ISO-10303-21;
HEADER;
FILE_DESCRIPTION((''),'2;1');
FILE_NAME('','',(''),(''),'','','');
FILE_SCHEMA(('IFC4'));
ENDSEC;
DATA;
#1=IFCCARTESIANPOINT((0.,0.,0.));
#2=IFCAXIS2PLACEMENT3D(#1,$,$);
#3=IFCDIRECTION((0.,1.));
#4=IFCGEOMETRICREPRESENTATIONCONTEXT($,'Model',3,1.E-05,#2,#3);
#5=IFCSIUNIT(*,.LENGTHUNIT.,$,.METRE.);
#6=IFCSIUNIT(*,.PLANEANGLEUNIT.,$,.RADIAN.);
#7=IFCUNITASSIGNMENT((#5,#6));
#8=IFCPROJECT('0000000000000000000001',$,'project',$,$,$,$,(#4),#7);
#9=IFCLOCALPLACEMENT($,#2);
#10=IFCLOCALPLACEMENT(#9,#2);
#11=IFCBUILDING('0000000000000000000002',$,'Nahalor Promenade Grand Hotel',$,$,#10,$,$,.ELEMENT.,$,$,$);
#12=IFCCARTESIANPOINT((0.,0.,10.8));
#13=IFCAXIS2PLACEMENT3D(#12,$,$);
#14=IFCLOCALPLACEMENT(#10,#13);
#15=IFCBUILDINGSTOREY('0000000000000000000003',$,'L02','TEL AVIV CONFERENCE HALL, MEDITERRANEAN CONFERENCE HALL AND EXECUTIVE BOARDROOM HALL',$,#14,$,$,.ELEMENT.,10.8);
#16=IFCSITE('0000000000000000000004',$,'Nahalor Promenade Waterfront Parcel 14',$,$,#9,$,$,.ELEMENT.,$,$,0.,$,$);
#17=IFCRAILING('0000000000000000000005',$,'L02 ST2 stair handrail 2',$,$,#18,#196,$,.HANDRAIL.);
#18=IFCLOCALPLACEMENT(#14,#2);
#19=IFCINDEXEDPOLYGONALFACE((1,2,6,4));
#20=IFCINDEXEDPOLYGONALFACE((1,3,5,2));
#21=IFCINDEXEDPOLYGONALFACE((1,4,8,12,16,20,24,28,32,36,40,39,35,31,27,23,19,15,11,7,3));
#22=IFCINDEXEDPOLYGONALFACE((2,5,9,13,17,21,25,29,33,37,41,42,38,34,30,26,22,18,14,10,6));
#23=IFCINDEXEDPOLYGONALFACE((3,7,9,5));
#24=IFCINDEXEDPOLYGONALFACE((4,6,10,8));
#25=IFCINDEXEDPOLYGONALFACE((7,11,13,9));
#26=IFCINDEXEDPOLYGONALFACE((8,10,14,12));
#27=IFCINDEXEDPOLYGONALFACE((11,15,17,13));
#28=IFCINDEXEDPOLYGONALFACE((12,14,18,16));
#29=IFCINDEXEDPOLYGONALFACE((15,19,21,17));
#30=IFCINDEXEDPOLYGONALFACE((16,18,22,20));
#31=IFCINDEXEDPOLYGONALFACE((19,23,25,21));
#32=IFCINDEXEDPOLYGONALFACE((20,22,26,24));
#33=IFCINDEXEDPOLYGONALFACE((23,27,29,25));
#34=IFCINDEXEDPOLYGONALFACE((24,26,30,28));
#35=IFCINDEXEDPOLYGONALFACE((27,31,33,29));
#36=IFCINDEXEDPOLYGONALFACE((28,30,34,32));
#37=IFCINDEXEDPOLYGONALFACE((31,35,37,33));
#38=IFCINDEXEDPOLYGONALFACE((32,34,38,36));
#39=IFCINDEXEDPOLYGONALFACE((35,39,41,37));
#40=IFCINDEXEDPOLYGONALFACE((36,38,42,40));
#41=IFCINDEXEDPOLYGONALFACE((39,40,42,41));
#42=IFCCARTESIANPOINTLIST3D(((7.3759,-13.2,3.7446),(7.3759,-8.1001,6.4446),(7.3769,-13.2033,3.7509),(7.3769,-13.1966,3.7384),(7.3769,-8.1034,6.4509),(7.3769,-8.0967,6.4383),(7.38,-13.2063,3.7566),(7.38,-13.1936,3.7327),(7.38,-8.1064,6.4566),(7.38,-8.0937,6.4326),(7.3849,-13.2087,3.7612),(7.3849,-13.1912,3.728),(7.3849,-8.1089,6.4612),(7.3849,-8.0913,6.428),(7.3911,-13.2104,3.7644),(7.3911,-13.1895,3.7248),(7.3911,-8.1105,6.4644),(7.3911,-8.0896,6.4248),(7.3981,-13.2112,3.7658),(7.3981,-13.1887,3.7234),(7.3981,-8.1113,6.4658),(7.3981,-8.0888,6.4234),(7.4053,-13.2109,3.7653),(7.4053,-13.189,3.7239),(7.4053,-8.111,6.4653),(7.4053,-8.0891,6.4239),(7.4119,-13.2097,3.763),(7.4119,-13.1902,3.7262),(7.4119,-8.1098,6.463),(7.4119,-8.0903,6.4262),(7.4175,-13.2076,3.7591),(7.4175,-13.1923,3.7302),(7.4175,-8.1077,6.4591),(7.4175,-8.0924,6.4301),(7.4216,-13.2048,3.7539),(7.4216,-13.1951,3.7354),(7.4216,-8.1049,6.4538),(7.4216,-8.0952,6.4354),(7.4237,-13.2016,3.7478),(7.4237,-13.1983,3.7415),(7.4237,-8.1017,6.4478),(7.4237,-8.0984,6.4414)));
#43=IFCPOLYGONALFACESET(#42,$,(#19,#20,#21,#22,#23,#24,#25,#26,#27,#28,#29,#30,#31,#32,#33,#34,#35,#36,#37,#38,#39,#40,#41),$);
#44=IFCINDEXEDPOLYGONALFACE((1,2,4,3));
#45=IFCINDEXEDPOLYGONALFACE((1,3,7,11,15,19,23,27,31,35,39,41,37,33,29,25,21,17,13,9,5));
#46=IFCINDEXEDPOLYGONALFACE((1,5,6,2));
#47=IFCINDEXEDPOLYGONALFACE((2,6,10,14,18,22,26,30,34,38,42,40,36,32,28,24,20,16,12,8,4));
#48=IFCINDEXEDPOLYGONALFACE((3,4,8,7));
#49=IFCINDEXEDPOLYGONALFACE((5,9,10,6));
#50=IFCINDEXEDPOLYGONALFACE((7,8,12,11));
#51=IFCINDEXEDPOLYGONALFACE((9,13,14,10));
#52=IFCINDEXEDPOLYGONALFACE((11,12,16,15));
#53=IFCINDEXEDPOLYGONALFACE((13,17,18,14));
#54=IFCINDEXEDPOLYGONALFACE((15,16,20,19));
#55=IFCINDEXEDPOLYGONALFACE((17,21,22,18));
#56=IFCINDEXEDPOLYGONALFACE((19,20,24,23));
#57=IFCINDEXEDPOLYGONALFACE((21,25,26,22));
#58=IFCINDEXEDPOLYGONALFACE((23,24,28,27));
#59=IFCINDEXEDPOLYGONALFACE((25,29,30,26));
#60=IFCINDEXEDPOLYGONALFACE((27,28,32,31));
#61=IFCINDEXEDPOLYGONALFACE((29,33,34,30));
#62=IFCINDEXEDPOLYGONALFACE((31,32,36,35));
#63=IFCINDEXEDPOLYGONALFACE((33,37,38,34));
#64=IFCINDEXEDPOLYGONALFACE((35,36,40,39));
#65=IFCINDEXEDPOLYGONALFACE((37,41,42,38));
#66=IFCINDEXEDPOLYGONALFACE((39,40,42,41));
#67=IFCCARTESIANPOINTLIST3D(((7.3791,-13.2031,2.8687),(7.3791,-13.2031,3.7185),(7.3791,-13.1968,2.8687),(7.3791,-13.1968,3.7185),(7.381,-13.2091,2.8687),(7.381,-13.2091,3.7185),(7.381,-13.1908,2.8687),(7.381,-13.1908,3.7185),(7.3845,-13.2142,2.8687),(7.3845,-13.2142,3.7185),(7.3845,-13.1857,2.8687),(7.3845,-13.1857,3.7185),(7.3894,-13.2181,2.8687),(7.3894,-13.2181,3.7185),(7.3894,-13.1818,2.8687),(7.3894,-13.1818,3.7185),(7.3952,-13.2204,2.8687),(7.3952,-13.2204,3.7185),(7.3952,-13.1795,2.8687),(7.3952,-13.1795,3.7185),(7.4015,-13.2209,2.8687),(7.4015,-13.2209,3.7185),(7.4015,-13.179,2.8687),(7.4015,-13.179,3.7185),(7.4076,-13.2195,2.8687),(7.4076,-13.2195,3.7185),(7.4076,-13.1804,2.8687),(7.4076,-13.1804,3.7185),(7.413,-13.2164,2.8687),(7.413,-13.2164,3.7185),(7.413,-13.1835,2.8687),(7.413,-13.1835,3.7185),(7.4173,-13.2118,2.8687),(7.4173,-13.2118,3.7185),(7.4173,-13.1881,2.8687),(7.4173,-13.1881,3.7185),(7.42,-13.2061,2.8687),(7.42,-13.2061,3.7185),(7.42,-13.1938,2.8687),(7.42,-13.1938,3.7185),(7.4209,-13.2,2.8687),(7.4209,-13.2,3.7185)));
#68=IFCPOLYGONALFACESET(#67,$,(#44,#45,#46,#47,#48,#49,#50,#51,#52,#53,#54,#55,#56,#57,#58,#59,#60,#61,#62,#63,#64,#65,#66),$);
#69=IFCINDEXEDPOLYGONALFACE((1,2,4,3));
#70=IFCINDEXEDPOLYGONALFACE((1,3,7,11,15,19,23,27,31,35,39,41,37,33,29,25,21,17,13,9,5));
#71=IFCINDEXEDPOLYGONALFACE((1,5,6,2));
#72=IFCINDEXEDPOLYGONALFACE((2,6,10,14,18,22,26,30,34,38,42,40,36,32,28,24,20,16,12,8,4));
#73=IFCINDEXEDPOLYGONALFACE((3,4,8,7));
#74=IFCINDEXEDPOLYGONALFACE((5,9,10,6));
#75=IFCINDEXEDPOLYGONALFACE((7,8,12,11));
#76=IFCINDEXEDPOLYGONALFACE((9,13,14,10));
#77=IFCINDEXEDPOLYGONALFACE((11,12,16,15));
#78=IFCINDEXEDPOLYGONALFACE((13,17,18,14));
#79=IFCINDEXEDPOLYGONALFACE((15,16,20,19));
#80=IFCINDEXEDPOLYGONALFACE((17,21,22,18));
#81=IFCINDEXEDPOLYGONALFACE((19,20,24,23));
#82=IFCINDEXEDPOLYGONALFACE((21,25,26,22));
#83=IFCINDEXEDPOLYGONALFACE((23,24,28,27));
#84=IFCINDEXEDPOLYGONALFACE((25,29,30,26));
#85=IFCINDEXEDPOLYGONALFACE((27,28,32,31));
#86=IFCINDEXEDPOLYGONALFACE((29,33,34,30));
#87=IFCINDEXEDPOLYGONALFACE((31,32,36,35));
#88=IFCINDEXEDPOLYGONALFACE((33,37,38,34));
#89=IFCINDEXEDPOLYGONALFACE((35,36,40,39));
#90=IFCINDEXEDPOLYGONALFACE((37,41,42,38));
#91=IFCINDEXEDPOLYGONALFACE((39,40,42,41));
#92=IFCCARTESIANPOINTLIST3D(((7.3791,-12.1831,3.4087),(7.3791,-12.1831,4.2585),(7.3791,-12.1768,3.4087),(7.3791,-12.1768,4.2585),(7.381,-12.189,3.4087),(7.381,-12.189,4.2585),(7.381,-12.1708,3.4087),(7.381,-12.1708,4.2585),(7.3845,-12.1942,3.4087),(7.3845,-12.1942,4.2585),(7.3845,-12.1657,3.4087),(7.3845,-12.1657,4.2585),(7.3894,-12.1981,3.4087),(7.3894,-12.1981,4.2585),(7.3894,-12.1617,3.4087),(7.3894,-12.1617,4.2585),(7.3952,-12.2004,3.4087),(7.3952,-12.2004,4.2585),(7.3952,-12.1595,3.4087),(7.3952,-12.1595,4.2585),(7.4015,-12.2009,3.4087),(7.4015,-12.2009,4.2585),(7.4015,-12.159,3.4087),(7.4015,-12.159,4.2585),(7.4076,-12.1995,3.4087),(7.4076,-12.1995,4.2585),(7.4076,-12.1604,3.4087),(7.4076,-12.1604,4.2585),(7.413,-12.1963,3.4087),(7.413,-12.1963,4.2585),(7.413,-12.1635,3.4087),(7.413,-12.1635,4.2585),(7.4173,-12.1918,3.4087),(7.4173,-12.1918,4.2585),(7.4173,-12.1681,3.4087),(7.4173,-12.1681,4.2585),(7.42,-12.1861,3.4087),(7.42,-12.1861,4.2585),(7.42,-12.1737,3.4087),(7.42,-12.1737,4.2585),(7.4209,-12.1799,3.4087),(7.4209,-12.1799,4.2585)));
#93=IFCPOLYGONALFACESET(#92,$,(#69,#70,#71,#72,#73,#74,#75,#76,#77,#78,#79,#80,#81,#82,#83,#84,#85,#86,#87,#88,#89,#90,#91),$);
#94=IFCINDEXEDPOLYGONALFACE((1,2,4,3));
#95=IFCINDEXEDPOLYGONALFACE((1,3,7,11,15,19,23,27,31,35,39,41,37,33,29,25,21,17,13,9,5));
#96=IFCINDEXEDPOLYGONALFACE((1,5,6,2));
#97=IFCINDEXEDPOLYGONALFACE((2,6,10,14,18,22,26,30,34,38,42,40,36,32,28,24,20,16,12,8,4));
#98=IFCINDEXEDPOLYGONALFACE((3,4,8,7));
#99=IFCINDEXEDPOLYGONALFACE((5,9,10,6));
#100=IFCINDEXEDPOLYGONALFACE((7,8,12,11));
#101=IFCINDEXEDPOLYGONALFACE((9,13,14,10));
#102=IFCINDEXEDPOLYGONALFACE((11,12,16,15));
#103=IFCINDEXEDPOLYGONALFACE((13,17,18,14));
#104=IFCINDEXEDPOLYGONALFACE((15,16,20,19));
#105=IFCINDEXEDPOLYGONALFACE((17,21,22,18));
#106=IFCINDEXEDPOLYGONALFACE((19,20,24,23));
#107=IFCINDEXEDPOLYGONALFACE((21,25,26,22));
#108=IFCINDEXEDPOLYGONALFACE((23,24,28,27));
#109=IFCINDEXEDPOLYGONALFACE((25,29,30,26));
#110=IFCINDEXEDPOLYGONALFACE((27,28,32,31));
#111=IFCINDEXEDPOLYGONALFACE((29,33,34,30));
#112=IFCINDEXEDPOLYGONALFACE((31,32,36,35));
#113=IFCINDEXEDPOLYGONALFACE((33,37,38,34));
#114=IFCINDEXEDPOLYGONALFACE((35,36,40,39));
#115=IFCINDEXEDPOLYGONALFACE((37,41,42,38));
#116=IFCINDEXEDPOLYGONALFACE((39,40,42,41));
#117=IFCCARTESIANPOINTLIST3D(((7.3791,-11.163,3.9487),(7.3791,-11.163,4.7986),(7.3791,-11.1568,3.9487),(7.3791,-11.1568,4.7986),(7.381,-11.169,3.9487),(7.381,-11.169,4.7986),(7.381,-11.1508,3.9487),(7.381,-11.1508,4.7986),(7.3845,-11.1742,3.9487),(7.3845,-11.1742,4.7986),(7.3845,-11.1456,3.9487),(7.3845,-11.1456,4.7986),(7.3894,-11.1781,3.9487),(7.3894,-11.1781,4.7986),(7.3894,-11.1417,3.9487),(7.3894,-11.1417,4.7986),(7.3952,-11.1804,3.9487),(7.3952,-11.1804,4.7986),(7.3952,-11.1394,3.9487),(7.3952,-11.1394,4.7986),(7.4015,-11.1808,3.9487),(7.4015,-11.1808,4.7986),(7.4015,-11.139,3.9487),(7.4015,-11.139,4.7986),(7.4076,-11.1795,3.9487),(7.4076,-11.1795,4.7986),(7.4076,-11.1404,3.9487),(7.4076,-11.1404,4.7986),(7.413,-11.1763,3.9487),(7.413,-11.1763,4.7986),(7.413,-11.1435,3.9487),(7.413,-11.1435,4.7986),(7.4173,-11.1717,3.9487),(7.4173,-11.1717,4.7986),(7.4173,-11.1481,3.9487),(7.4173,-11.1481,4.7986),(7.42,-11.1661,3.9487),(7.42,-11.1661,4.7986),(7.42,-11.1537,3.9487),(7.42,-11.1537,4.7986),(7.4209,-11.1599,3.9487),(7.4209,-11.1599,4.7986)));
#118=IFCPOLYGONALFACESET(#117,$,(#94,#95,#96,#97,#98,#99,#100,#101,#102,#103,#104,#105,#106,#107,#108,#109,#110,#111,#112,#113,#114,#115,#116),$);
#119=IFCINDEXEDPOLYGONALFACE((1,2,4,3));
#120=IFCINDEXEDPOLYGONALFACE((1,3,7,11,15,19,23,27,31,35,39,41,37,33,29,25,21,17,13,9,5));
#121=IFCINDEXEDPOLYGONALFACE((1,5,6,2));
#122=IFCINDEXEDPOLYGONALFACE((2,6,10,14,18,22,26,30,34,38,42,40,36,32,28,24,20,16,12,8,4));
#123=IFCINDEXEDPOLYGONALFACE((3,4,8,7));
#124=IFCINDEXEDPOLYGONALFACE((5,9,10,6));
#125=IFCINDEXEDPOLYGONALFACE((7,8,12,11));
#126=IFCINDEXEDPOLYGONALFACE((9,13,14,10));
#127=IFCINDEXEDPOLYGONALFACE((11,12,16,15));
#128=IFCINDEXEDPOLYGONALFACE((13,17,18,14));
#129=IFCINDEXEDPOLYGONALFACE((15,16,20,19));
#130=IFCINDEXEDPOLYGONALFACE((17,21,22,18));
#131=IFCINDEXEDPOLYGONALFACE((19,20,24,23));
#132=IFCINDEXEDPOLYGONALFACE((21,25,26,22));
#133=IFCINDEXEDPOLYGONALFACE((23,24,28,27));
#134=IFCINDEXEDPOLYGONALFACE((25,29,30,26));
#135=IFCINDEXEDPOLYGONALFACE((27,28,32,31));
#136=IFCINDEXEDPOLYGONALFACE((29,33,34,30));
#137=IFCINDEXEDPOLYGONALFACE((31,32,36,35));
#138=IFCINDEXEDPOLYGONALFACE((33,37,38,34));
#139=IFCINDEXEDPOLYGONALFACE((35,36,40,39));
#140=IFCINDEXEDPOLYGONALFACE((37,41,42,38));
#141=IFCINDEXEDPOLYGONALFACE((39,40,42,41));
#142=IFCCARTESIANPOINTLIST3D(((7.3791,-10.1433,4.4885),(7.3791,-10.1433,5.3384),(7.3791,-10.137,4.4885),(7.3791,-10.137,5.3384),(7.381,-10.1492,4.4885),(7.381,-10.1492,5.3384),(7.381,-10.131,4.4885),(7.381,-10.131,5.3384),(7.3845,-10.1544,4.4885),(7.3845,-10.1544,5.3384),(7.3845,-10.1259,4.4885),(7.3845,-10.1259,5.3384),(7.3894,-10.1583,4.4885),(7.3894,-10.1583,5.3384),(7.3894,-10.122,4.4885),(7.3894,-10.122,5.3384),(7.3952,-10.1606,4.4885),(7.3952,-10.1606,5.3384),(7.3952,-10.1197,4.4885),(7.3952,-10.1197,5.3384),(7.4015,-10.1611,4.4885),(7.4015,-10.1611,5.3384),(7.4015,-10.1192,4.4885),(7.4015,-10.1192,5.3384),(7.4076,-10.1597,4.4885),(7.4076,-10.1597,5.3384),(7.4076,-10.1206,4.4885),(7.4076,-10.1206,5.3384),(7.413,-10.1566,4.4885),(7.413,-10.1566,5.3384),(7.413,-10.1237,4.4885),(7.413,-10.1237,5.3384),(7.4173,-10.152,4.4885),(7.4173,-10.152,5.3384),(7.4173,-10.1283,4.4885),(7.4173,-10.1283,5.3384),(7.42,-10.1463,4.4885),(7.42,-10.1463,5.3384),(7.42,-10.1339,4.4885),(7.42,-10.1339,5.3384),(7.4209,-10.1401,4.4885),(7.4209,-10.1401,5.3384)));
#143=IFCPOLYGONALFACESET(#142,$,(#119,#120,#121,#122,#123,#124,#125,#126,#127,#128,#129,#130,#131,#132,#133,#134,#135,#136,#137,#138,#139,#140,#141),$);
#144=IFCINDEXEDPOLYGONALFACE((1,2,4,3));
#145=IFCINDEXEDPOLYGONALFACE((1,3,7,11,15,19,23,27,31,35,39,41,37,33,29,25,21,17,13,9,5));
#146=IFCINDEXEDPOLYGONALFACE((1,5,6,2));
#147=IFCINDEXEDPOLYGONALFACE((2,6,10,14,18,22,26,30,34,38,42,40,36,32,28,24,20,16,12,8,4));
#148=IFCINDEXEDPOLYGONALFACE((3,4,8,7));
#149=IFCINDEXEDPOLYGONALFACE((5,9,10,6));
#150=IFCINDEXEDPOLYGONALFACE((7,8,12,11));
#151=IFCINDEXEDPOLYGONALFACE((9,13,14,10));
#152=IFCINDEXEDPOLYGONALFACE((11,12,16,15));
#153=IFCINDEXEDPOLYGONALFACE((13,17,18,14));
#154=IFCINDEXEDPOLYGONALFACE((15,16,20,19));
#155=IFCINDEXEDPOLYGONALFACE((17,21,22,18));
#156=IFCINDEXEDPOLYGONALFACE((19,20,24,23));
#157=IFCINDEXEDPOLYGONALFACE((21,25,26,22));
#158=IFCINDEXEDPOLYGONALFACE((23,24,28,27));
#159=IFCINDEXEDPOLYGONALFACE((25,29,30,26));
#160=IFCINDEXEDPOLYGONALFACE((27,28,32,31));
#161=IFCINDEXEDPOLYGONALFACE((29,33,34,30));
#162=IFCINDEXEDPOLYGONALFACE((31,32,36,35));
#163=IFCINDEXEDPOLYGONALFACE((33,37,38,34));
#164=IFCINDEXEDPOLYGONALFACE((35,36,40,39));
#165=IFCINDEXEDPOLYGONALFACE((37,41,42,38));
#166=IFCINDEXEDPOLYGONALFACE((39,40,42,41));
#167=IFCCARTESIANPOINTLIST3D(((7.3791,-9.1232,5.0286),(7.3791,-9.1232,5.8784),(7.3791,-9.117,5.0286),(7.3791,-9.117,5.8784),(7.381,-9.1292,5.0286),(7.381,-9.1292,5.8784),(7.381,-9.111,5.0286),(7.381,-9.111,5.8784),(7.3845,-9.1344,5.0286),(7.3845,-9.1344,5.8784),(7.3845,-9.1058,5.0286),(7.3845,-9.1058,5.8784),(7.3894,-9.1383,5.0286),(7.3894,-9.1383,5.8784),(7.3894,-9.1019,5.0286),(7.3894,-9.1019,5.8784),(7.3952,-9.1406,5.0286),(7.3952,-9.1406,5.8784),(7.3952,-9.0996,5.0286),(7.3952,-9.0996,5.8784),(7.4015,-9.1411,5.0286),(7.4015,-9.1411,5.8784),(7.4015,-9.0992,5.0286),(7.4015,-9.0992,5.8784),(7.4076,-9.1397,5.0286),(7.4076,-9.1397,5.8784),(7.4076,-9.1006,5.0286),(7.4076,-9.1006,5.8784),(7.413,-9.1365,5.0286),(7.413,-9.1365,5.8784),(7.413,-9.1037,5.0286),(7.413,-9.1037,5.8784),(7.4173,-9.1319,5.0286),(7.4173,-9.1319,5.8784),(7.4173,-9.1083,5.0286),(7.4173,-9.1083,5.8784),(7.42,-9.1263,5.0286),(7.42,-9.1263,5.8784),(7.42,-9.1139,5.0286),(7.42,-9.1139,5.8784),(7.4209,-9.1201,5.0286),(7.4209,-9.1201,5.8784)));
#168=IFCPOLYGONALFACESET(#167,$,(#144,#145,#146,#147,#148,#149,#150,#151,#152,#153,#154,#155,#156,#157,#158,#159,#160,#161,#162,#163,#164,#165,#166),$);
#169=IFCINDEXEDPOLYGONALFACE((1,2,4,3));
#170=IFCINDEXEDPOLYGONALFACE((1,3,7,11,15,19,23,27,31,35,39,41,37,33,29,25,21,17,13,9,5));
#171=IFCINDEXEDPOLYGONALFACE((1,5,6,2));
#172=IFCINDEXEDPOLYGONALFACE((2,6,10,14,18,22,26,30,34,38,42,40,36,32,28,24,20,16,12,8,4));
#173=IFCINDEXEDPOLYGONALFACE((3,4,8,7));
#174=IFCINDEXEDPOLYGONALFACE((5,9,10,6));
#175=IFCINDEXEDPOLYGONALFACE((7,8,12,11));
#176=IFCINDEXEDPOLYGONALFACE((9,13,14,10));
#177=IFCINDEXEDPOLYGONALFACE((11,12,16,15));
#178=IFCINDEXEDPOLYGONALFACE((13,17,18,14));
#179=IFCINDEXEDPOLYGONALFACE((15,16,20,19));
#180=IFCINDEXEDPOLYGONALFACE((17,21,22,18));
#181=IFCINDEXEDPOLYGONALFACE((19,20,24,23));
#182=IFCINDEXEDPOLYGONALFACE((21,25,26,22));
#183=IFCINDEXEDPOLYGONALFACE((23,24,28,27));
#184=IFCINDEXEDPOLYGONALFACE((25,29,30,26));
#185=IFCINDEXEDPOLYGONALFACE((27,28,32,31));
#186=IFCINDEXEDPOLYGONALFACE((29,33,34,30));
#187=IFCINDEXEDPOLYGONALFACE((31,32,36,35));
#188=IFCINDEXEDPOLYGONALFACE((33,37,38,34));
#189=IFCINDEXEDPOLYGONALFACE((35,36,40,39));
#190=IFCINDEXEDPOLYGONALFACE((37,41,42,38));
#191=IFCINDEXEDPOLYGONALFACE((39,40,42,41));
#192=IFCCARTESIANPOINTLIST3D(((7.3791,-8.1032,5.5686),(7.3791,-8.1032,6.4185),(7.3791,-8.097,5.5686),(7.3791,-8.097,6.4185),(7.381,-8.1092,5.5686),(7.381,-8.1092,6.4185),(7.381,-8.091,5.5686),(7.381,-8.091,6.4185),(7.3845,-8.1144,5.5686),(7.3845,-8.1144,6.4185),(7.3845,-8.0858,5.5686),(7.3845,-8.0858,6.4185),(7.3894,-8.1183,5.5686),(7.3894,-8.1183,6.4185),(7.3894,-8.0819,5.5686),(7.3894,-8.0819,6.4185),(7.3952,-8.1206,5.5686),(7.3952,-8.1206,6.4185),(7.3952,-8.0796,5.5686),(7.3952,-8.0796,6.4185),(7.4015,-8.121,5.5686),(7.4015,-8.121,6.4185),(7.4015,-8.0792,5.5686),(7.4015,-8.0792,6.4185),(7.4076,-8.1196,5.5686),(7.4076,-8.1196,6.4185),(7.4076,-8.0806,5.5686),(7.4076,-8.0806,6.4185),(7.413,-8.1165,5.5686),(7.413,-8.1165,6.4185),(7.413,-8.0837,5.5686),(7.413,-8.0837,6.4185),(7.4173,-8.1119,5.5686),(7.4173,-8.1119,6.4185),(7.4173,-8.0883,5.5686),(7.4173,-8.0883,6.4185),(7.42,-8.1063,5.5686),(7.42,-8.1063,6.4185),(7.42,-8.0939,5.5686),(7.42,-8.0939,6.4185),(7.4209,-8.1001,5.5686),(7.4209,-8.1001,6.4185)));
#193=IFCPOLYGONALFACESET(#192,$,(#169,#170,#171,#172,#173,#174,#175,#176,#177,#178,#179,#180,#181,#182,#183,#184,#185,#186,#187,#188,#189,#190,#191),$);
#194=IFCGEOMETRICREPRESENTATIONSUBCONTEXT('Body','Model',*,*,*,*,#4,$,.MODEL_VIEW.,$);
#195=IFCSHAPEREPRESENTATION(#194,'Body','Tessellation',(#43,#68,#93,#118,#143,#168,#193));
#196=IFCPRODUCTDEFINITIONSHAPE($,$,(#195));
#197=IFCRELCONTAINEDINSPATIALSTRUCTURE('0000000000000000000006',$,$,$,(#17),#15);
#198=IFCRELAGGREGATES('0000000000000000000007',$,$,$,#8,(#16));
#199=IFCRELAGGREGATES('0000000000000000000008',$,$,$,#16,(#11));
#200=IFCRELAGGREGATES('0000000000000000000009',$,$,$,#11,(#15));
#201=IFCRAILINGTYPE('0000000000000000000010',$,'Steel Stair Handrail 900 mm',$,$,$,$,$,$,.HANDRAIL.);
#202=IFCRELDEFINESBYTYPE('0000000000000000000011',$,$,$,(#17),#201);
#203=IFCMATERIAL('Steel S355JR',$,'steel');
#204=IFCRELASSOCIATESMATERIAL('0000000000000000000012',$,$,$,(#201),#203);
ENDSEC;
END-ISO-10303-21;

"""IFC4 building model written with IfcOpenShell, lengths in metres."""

from ifc_helpers import new_model, si_unit, direction, frame, origin, origin_2d, place, context, subcontext, project, spatial, circle, extrude, material, type_object, element, save


model = new_model("IFC4")

# Units and contexts
model_context = context("Model", 3, precision=1e-05, world=origin(), true_north=direction((0.0, 1.0)))
body_context = subcontext(model_context, "Body", "Model", "MODEL_VIEW")
ifc_project = project(units=[si_unit("LENGTHUNIT", "METRE"), si_unit("PLANEANGLEUNIT", "RADIAN")], contexts=[model_context])

# Site, building, storey
site_placement = place(None, origin())
site = spatial("IfcSite", under=ifc_project, at=site_placement, Name="Nahalor Promenade Waterfront Parcel 14", CompositionType="ELEMENT", RefElevation=0.0)
building_placement = place(site_placement, origin())
building = spatial("IfcBuilding", under=site, at=building_placement, Name="Nahalor Promenade Grand Hotel", CompositionType="ELEMENT")
storey_placement = place(building_placement, frame((0.0, 0.0, 10.8)))
storey = spatial("IfcBuildingStorey", under=building, at=storey_placement, Name="L02", Description="TEL AVIV CONFERENCE HALL, MEDITERRANEAN CONFERENCE HALL AND EXECUTIVE BOARDROOM HALL", CompositionType="ELEMENT", Elevation=10.8)

# Shared definitions
ifc_material_1 = material(Name="Steel S355JR", Category="steel")

# Railing
railing_type = type_object("IfcRailingType", Name="Steel Stair Handrail 900 mm", PredefinedType="HANDRAIL", material=ifc_material_1)
railing_placement = place(storey_placement, frame((7.3999, -13.2, 2.8687)))
element("IfcRailing", 1, at=railing_placement, inside=storey, type_object=railing_type, Name="L02 ST2 stair handrail 2", PredefinedType="HANDRAIL", context=body_context, shape_type="SweptSolid", body=[
    extrude(circle(Radius=0.024, at=origin_2d()), frame((0.0, 0.0, 0.876), z_axis=(0.0, 0.883786, 0.467892), x_axis=(-1.0, 0.0, 0.0)), (0.0, 0.0, 1.0), 5.7705),
    extrude(circle(Radius=0.021, at=origin_2d()), origin(), (0.0, 0.0, 1.0), 0.8499),
    extrude(circle(Radius=0.021, at=origin_2d()), frame((0.0, 1.02, 0.54)), (0.0, 0.0, 1.0), 0.8499),
    extrude(circle(Radius=0.021, at=origin_2d()), frame((0.0, 2.04, 1.0801)), (0.0, 0.0, 1.0), 0.8499),
    extrude(circle(Radius=0.021, at=origin_2d()), frame((0.0, 3.0598, 1.6199)), (0.0, 0.0, 1.0), 0.8499),
    extrude(circle(Radius=0.021, at=origin_2d()), frame((0.0, 4.0798, 2.1599)), (0.0, 0.0, 1.0), 0.8499),
    extrude(circle(Radius=0.021, at=origin_2d()), frame((0.0, 5.0999, 2.7)), (0.0, 0.0, 1.0), 0.8499),
])

save(model, "model.ifc")
